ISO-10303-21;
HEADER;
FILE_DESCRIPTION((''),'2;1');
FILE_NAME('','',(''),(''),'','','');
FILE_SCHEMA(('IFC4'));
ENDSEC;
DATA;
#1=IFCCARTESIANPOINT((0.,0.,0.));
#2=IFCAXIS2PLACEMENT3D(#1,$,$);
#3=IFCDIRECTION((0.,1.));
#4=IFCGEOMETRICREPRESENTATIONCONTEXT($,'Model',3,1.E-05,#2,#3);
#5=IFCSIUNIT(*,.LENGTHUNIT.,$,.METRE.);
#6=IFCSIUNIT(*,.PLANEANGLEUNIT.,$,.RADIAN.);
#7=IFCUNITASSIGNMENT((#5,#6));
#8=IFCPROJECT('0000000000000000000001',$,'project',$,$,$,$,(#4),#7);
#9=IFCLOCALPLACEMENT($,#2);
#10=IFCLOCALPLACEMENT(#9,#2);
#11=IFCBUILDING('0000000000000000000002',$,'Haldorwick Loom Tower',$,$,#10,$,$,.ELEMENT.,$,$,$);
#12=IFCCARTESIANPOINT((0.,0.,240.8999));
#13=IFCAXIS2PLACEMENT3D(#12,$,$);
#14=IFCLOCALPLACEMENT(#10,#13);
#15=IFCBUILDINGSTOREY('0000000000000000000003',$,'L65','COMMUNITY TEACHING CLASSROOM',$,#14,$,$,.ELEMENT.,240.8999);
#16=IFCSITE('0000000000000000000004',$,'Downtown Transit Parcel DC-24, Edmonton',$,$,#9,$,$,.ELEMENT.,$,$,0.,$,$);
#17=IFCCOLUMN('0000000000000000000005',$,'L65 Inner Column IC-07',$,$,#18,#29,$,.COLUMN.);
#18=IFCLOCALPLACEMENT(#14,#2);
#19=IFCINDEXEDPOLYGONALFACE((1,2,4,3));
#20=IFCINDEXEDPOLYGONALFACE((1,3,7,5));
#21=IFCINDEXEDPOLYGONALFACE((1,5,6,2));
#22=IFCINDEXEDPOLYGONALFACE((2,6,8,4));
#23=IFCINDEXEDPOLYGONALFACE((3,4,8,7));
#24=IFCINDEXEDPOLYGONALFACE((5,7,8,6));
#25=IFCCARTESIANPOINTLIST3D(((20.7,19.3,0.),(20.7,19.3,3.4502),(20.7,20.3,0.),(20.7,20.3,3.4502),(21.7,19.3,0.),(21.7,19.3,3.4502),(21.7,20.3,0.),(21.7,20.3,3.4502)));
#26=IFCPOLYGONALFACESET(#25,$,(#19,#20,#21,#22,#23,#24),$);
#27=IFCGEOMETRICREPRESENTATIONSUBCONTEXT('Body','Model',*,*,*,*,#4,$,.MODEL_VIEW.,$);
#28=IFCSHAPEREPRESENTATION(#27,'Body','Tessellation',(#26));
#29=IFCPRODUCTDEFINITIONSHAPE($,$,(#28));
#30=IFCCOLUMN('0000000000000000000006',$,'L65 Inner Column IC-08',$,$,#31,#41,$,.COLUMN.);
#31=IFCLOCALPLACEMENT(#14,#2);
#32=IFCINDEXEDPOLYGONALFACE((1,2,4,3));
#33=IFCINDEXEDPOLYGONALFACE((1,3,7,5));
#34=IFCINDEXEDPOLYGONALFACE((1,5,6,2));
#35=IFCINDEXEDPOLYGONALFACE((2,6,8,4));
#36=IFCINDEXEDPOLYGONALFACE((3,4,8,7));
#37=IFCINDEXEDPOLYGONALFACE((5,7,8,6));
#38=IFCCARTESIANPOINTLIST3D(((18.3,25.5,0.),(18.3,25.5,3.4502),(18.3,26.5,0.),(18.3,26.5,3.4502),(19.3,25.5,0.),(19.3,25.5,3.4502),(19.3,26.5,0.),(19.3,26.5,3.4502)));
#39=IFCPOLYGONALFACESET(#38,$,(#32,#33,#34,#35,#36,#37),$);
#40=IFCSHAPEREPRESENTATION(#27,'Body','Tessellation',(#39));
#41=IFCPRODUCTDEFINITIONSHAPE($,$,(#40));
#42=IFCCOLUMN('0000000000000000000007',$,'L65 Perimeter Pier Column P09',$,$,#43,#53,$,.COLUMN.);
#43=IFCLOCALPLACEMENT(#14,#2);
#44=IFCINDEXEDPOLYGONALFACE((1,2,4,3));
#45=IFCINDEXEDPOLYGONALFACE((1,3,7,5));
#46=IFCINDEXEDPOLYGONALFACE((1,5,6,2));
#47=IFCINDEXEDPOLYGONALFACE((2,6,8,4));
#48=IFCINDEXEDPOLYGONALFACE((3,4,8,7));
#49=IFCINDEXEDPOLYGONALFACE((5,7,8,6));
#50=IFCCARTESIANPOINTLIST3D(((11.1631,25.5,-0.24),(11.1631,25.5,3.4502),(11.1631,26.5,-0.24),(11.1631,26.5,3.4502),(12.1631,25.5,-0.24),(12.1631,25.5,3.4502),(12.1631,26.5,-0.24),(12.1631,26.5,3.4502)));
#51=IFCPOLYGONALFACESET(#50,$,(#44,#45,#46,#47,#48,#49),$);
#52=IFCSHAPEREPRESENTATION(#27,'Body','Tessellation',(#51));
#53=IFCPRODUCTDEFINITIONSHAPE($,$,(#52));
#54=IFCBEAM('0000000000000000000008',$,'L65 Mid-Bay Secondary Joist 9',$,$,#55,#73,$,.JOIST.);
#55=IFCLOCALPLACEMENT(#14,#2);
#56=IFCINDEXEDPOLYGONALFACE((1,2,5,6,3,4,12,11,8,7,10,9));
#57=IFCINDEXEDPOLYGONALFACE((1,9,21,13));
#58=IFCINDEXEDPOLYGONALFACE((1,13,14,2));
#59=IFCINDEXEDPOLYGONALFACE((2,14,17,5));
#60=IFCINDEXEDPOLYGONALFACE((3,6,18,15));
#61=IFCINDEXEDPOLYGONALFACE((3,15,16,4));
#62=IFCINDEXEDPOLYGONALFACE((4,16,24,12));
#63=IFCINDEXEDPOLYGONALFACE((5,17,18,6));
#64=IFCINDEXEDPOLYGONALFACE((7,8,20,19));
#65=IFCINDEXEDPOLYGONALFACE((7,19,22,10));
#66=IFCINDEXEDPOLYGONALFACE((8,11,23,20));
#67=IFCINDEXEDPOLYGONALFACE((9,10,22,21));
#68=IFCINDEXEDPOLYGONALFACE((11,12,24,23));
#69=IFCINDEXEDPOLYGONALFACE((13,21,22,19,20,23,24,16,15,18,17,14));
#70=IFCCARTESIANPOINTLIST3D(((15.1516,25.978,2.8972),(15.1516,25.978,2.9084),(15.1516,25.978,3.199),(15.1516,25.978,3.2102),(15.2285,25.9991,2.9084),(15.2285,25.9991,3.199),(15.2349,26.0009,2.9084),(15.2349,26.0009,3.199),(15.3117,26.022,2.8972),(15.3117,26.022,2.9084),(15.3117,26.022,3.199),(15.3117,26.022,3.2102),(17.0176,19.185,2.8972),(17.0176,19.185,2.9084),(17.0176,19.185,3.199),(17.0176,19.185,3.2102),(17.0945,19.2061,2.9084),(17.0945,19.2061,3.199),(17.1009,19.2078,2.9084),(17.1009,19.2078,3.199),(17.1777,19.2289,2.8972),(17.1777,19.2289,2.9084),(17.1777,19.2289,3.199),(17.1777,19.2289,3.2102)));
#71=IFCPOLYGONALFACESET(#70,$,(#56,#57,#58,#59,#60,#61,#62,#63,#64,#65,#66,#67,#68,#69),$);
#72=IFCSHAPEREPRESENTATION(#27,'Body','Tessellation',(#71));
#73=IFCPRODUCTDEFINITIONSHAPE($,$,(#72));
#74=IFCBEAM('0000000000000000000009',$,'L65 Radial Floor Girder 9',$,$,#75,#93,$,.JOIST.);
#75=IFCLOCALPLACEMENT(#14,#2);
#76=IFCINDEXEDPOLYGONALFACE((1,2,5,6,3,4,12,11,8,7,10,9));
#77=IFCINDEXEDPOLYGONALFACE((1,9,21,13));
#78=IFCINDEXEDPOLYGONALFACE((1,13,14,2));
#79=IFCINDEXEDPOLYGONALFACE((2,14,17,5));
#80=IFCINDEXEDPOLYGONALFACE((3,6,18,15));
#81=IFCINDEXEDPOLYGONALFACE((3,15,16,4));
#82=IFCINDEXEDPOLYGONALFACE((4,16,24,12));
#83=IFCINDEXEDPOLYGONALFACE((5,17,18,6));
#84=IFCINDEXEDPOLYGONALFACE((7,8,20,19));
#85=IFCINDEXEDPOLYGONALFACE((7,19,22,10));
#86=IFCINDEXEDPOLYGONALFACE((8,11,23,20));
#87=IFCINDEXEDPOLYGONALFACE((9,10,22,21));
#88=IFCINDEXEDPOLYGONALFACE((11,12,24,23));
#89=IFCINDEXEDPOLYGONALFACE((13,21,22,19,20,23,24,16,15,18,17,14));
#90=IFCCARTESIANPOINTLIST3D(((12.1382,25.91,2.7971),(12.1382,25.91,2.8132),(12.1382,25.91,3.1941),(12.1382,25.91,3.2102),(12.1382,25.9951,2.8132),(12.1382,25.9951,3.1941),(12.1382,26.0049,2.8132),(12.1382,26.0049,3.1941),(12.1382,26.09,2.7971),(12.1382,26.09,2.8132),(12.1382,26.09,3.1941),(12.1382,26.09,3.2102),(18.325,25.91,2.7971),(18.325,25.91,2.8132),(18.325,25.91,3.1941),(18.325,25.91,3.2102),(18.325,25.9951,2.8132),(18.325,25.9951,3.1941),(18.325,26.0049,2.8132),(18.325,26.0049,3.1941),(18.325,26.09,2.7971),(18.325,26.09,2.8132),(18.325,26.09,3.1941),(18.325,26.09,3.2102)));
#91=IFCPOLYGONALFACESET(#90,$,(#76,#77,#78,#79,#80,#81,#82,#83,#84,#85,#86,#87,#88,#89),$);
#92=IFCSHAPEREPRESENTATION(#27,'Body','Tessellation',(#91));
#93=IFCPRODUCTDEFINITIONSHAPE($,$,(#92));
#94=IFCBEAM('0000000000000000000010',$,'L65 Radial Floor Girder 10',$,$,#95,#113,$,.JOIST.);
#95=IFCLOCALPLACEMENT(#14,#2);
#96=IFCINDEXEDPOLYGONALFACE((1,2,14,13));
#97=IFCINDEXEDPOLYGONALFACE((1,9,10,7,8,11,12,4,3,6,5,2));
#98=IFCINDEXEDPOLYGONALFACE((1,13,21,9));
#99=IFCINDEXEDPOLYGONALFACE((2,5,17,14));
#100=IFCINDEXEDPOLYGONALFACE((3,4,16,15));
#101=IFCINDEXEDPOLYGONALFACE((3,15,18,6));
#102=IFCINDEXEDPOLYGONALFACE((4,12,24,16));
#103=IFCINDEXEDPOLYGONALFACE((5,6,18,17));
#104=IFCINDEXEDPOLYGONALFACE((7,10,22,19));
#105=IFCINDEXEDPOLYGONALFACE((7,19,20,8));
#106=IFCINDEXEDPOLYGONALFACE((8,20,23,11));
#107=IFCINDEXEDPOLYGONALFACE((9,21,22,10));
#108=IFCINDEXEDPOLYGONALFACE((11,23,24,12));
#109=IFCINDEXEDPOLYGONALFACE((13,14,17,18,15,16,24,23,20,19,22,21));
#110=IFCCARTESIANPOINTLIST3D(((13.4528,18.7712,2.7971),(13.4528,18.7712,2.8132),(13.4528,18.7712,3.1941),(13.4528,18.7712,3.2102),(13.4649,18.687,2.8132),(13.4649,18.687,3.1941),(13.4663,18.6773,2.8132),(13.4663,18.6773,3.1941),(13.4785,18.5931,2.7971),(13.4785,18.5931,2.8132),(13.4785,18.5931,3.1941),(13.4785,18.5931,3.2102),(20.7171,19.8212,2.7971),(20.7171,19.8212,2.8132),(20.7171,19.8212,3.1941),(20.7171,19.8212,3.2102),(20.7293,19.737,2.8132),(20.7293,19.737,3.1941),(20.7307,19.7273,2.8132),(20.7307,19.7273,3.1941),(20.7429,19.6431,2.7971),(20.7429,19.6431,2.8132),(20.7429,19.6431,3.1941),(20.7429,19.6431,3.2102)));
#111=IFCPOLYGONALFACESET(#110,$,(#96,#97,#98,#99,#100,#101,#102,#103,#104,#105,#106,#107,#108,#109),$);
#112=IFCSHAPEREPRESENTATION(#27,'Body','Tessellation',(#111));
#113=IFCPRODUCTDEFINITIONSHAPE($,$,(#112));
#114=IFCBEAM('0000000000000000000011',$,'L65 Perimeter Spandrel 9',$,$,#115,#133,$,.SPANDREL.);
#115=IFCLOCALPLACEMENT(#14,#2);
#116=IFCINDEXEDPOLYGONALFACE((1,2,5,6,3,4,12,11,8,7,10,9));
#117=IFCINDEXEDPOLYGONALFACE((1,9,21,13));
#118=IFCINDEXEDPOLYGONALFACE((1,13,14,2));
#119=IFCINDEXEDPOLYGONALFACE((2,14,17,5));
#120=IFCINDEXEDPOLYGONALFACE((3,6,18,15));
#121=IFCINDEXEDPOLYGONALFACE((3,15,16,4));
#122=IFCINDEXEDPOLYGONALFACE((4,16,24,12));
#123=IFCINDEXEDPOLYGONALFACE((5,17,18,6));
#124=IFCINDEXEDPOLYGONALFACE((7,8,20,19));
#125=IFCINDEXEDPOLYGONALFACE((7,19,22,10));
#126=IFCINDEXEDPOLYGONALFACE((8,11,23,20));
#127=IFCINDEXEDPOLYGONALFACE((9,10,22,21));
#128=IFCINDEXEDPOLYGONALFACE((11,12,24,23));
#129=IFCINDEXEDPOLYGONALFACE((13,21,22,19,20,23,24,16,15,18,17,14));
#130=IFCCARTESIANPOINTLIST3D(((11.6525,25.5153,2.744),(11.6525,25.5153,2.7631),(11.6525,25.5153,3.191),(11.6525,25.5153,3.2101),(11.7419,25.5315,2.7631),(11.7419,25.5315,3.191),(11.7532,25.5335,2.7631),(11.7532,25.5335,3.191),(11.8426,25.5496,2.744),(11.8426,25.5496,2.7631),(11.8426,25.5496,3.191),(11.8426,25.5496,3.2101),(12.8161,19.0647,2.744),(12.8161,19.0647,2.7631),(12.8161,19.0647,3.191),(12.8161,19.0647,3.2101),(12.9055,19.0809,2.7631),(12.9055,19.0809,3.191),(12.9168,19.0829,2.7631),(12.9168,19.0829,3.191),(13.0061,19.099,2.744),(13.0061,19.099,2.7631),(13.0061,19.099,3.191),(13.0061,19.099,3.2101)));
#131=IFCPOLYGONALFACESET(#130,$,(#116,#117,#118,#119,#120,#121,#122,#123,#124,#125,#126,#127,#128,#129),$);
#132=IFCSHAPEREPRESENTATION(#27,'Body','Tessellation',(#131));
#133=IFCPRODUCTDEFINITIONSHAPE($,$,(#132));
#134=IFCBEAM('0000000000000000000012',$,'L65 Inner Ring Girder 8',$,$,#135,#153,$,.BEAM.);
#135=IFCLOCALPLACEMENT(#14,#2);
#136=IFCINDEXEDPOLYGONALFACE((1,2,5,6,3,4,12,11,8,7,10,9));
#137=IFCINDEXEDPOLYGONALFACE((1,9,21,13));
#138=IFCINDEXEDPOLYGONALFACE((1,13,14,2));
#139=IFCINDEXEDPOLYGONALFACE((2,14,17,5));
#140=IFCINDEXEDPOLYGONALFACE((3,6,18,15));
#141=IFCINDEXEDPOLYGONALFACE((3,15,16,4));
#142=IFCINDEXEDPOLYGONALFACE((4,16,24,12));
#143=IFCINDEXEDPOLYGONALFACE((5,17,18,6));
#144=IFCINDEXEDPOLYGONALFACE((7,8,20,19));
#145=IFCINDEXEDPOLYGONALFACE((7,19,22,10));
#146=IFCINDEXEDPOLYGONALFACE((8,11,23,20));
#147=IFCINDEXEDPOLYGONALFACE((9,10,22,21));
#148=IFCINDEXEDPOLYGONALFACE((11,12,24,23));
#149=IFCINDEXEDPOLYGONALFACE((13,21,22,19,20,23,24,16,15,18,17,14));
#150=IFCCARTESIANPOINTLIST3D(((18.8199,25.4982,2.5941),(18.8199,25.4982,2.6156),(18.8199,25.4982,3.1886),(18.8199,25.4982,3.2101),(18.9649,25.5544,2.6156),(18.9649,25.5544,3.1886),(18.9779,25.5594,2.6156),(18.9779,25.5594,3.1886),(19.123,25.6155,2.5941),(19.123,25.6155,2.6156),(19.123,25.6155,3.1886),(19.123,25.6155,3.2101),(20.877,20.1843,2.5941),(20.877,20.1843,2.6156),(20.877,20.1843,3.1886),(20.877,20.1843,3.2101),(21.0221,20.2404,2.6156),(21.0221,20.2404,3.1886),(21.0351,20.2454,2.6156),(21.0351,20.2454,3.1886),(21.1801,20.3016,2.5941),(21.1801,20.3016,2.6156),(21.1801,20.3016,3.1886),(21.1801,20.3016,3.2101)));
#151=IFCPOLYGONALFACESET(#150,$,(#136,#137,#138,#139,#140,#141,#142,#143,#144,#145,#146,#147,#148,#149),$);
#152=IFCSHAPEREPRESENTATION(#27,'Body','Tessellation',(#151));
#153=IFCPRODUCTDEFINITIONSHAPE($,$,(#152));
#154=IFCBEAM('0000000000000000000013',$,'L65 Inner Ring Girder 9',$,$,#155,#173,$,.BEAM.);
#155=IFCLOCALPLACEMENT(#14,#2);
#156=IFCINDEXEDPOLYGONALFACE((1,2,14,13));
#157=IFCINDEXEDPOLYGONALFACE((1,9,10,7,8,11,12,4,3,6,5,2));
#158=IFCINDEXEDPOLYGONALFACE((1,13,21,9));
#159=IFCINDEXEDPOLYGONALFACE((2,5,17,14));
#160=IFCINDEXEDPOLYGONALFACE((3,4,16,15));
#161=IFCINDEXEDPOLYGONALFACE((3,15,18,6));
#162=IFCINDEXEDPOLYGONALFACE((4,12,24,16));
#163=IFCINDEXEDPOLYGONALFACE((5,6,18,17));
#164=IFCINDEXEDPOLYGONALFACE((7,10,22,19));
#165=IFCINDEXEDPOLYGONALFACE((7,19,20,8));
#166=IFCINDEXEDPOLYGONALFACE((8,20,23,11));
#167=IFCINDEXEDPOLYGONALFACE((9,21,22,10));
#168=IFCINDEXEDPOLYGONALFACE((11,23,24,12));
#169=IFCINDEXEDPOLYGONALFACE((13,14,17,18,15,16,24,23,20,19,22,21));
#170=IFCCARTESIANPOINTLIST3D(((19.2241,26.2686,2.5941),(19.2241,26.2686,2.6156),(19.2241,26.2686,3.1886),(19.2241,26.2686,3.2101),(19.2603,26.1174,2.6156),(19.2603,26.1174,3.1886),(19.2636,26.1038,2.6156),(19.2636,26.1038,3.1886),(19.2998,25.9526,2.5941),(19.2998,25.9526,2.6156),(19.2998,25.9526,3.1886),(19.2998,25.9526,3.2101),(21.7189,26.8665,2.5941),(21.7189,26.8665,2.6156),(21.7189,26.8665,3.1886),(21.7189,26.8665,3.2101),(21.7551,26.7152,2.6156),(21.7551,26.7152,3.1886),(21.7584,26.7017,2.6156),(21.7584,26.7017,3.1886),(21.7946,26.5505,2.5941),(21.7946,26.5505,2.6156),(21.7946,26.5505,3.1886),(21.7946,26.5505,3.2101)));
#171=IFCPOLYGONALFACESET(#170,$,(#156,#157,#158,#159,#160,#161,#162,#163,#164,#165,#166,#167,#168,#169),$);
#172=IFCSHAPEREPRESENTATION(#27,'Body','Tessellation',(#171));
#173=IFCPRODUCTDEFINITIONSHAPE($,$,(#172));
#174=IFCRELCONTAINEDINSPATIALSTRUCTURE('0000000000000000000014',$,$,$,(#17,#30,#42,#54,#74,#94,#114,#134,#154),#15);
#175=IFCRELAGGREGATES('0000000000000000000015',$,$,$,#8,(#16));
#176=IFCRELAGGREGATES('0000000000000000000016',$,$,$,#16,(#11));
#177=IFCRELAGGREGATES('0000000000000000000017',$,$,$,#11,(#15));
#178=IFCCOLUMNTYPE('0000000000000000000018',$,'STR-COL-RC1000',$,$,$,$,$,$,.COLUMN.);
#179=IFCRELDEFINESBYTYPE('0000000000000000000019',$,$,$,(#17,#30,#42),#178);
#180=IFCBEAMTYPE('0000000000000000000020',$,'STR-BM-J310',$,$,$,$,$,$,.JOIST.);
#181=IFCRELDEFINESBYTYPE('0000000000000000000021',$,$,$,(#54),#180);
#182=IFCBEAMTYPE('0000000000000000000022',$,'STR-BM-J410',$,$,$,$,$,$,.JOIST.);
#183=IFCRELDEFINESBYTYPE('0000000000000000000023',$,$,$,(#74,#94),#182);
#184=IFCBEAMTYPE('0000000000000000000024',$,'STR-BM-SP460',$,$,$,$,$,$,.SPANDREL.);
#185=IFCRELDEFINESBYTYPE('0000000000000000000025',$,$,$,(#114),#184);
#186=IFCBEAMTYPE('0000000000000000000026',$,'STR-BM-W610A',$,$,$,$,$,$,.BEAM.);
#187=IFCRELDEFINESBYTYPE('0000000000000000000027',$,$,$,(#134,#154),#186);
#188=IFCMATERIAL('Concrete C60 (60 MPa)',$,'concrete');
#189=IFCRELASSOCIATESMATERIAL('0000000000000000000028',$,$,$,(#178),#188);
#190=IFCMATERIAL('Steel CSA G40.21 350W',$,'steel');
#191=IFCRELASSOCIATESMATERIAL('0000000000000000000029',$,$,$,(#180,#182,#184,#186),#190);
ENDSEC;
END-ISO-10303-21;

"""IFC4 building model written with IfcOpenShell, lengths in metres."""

from ifc_helpers import new_model, si_unit, direction, frame, origin, origin_2d, place, context, subcontext, project, spatial, rectangle, i_section, extrude, material, material_profile, profile_set, type_object, element, save


model = new_model("IFC4")

# Units and contexts
model_context = context("Model", 3, precision=1e-05, world=origin(), true_north=direction((0.0, 1.0)))
body_context = subcontext(model_context, "Body", "Model", "MODEL_VIEW")
ifc_project = project(units=[si_unit("LENGTHUNIT", "METRE"), si_unit("PLANEANGLEUNIT", "RADIAN")], contexts=[model_context])

# Site, building, storey
site_placement = place(None, origin())
site = spatial("IfcSite", under=ifc_project, at=site_placement, Name="Downtown Transit Parcel DC-24, Edmonton", CompositionType="ELEMENT", RefElevation=0.0)
building_placement = place(site_placement, origin())
building = spatial("IfcBuilding", under=site, at=building_placement, Name="Haldorwick Loom Tower", CompositionType="ELEMENT")
storey_placement = place(building_placement, frame((0.0, 0.0, 240.8999)))
storey = spatial("IfcBuildingStorey", under=building, at=storey_placement, Name="L65", Description="COMMUNITY TEACHING CLASSROOM", CompositionType="ELEMENT", Elevation=240.8999)

# Columns
ifc_material_1 = material(Name="Concrete C60 (60 MPa)", Category="concrete")
ifc_material_profile_1 = material_profile(ifc_material_1, rectangle(XDim=1.0, YDim=1.0, at=origin_2d()), Name="RC1000X1000", Category="concrete")
ifc_profile_set_1 = profile_set([ifc_material_profile_1], Name="Concrete C60 (60 MPa)")
column_type = type_object("IfcColumnType", Name="STR-COL-RC1000", PredefinedType="COLUMN", material=ifc_profile_set_1)
for number, where, z_axis, x_axis, name in (
    (1, (21.2, 19.8, 0.0), (0.0, 0.0, 1.0), (1.0, 0.0, 0.0), "L65 Inner Column IC-07"),
    (2, (18.8, 26.0, 0.0), (0.0, 0.0, 1.0), (1.0, 0.0, 0.0), "L65 Inner Column IC-08"),
):
    element("IfcColumn", number, at=place(storey_placement, frame(where, z_axis=z_axis, x_axis=x_axis)), inside=storey, type_object=column_type, Name=name, PredefinedType="COLUMN", context=body_context, shape_type="SweptSolid", body=[
        extrude(rectangle(XDim=1.0, YDim=1.0, at=origin_2d()), origin(), (0.0, 0.0, 1.0), 3.4502),
    ])
column_placement = place(storey_placement, frame((11.6631, 26.0, -0.24), z_axis=(0.0, 0.0, 1.0), x_axis=(-1.0, 0.0, 0.0)))
element("IfcColumn", 3, at=column_placement, inside=storey, type_object=column_type, Name="L65 Perimeter Pier Column P09", PredefinedType="COLUMN", context=body_context, shape_type="SweptSolid", body=[
    extrude(rectangle(XDim=1.0, YDim=1.0, at=origin_2d()), origin(), (0.0, 0.0, 1.0), 3.6902),
])

# Beams
ifc_material_2 = material(Name="Steel CSA G40.21 350W", Category="steel")
ifc_material_profile_2 = material_profile(ifc_material_2, i_section(OverallWidth=0.166, OverallDepth=0.313, WebThickness=0.0066, FlangeThickness=0.0112, at=origin_2d()), Name="W310X45", Category="steel")
ifc_profile_set_2 = profile_set([ifc_material_profile_2], Name="Steel CSA G40.21 350W")
beam_type_1 = type_object("IfcBeamType", Name="STR-BM-J310", PredefinedType="JOIST", material=ifc_profile_set_2)
beam_1_placement = place(storey_placement, frame((15.2317, 26.0, 3.0537), z_axis=(0.264879, -0.964282, 0.0), x_axis=(0.964282, 0.264879, 0.0)))
element("IfcBeam", 4, at=beam_1_placement, inside=storey, type_object=beam_type_1, Name="L65 Mid-Bay Secondary Joist 9", PredefinedType="JOIST", context=body_context, shape_type="SweptSolid", body=[
    extrude(i_section(OverallWidth=0.166, OverallDepth=0.313, WebThickness=0.0066, FlangeThickness=0.0112, at=origin_2d()), origin(), (0.0, 0.0, 1.0), 7.0447),
])
ifc_material_profile_3 = material_profile(ifc_material_2, i_section(OverallWidth=0.1799, OverallDepth=0.4131, WebThickness=0.0098, FlangeThickness=0.0161, at=origin_2d()), Name="W410X74", Category="steel")
ifc_profile_set_3 = profile_set([ifc_material_profile_3], Name="Steel CSA G40.21 350W")
beam_type_2 = type_object("IfcBeamType", Name="STR-BM-J410", PredefinedType="JOIST", material=ifc_profile_set_3)
beam_2_placement = place(storey_placement, frame((18.325, 26.0, 3.0037), z_axis=(-1.0, 0.0, 0.0), x_axis=(0.0, -1.0, 0.0)))
element("IfcBeam", 5, at=beam_2_placement, inside=storey, type_object=beam_type_2, Name="L65 Radial Floor Girder 9", PredefinedType="JOIST", context=body_context, shape_type="SweptSolid", body=[
    extrude(i_section(OverallWidth=0.1799, OverallDepth=0.4131, WebThickness=0.0098, FlangeThickness=0.0161, at=origin_2d()), origin(), (0.0, 0.0, 1.0), 6.1868),
])
beam_3_placement = place(storey_placement, frame((20.73, 19.7322, 3.0037), z_axis=(-0.989714, -0.14306, 0.0), x_axis=(0.14306, -0.989714, 0.0)))
element("IfcBeam", 6, at=beam_3_placement, inside=storey, type_object=beam_type_2, Name="L65 Radial Floor Girder 10", PredefinedType="JOIST", context=body_context, shape_type="SweptSolid", body=[
    extrude(i_section(OverallWidth=0.1799, OverallDepth=0.4131, WebThickness=0.0098, FlangeThickness=0.0161, at=origin_2d()), origin(), (0.0, 0.0, 1.0), 7.3398),
])
ifc_material_profile_4 = material_profile(ifc_material_2, i_section(OverallWidth=0.1931, OverallDepth=0.4661, WebThickness=0.0115, FlangeThickness=0.019, at=origin_2d()), Name="W460X97", Category="steel")
ifc_profile_set_4 = profile_set([ifc_material_profile_4], Name="Steel CSA G40.21 350W")
beam_type_3 = type_object("IfcBeamType", Name="STR-BM-SP460", PredefinedType="SPANDREL", material=ifc_profile_set_4)
beam_4_placement = place(storey_placement, frame((11.7476, 25.5325, 2.9771), z_axis=(0.177515, -0.984118, 0.0), x_axis=(0.984118, 0.177515, 0.0)))
element("IfcBeam", 7, at=beam_4_placement, inside=storey, type_object=beam_type_3, Name="L65 Perimeter Spandrel 9", PredefinedType="SPANDREL", context=body_context, shape_type="SweptSolid", body=[
    extrude(i_section(OverallWidth=0.1931, OverallDepth=0.4661, WebThickness=0.0115, FlangeThickness=0.019, at=origin_2d()), origin(), (0.0, 0.0, 1.0), 6.5547),
])
ifc_material_profile_5 = material_profile(ifc_material_2, i_section(OverallWidth=0.325, OverallDepth=0.616, WebThickness=0.0139, FlangeThickness=0.0215, at=origin_2d()), Name="W610X174", Category="steel")
ifc_profile_set_5 = profile_set([ifc_material_profile_5], Name="Steel CSA G40.21 350W")
beam_type_4 = type_object("IfcBeamType", Name="STR-BM-W610A", PredefinedType="BEAM", material=ifc_profile_set_5)
beam_5_placement = place(storey_placement, frame((21.0286, 20.2429, 2.9021), z_axis=(-0.361011, 0.932562, 0.0), x_axis=(-0.932562, -0.361011, 0.0)))
element("IfcBeam", 8, at=beam_5_placement, inside=storey, type_object=beam_type_4, Name="L65 Inner Ring Girder 8", PredefinedType="BEAM", context=body_context, shape_type="SweptSolid", body=[
    extrude(i_section(OverallWidth=0.325, OverallDepth=0.616, WebThickness=0.0139, FlangeThickness=0.0215, at=origin_2d()), origin(), (0.0, 0.0, 1.0), 5.6982),
])
beam_6_placement = place(storey_placement, frame((19.262, 26.1106, 2.9021), z_axis=(0.972464, 0.233053, 0.0), x_axis=(-0.233053, 0.972464, 0.0)))
element("IfcBeam", 9, at=beam_6_placement, inside=storey, type_object=beam_type_4, Name="L65 Inner Ring Girder 9", PredefinedType="BEAM", context=body_context, shape_type="SweptSolid", body=[
    extrude(i_section(OverallWidth=0.325, OverallDepth=0.616, WebThickness=0.0139, FlangeThickness=0.0215, at=origin_2d()), origin(), (0.0, 0.0, 1.0), 2.5654),
])

save(model, "model.ifc")
